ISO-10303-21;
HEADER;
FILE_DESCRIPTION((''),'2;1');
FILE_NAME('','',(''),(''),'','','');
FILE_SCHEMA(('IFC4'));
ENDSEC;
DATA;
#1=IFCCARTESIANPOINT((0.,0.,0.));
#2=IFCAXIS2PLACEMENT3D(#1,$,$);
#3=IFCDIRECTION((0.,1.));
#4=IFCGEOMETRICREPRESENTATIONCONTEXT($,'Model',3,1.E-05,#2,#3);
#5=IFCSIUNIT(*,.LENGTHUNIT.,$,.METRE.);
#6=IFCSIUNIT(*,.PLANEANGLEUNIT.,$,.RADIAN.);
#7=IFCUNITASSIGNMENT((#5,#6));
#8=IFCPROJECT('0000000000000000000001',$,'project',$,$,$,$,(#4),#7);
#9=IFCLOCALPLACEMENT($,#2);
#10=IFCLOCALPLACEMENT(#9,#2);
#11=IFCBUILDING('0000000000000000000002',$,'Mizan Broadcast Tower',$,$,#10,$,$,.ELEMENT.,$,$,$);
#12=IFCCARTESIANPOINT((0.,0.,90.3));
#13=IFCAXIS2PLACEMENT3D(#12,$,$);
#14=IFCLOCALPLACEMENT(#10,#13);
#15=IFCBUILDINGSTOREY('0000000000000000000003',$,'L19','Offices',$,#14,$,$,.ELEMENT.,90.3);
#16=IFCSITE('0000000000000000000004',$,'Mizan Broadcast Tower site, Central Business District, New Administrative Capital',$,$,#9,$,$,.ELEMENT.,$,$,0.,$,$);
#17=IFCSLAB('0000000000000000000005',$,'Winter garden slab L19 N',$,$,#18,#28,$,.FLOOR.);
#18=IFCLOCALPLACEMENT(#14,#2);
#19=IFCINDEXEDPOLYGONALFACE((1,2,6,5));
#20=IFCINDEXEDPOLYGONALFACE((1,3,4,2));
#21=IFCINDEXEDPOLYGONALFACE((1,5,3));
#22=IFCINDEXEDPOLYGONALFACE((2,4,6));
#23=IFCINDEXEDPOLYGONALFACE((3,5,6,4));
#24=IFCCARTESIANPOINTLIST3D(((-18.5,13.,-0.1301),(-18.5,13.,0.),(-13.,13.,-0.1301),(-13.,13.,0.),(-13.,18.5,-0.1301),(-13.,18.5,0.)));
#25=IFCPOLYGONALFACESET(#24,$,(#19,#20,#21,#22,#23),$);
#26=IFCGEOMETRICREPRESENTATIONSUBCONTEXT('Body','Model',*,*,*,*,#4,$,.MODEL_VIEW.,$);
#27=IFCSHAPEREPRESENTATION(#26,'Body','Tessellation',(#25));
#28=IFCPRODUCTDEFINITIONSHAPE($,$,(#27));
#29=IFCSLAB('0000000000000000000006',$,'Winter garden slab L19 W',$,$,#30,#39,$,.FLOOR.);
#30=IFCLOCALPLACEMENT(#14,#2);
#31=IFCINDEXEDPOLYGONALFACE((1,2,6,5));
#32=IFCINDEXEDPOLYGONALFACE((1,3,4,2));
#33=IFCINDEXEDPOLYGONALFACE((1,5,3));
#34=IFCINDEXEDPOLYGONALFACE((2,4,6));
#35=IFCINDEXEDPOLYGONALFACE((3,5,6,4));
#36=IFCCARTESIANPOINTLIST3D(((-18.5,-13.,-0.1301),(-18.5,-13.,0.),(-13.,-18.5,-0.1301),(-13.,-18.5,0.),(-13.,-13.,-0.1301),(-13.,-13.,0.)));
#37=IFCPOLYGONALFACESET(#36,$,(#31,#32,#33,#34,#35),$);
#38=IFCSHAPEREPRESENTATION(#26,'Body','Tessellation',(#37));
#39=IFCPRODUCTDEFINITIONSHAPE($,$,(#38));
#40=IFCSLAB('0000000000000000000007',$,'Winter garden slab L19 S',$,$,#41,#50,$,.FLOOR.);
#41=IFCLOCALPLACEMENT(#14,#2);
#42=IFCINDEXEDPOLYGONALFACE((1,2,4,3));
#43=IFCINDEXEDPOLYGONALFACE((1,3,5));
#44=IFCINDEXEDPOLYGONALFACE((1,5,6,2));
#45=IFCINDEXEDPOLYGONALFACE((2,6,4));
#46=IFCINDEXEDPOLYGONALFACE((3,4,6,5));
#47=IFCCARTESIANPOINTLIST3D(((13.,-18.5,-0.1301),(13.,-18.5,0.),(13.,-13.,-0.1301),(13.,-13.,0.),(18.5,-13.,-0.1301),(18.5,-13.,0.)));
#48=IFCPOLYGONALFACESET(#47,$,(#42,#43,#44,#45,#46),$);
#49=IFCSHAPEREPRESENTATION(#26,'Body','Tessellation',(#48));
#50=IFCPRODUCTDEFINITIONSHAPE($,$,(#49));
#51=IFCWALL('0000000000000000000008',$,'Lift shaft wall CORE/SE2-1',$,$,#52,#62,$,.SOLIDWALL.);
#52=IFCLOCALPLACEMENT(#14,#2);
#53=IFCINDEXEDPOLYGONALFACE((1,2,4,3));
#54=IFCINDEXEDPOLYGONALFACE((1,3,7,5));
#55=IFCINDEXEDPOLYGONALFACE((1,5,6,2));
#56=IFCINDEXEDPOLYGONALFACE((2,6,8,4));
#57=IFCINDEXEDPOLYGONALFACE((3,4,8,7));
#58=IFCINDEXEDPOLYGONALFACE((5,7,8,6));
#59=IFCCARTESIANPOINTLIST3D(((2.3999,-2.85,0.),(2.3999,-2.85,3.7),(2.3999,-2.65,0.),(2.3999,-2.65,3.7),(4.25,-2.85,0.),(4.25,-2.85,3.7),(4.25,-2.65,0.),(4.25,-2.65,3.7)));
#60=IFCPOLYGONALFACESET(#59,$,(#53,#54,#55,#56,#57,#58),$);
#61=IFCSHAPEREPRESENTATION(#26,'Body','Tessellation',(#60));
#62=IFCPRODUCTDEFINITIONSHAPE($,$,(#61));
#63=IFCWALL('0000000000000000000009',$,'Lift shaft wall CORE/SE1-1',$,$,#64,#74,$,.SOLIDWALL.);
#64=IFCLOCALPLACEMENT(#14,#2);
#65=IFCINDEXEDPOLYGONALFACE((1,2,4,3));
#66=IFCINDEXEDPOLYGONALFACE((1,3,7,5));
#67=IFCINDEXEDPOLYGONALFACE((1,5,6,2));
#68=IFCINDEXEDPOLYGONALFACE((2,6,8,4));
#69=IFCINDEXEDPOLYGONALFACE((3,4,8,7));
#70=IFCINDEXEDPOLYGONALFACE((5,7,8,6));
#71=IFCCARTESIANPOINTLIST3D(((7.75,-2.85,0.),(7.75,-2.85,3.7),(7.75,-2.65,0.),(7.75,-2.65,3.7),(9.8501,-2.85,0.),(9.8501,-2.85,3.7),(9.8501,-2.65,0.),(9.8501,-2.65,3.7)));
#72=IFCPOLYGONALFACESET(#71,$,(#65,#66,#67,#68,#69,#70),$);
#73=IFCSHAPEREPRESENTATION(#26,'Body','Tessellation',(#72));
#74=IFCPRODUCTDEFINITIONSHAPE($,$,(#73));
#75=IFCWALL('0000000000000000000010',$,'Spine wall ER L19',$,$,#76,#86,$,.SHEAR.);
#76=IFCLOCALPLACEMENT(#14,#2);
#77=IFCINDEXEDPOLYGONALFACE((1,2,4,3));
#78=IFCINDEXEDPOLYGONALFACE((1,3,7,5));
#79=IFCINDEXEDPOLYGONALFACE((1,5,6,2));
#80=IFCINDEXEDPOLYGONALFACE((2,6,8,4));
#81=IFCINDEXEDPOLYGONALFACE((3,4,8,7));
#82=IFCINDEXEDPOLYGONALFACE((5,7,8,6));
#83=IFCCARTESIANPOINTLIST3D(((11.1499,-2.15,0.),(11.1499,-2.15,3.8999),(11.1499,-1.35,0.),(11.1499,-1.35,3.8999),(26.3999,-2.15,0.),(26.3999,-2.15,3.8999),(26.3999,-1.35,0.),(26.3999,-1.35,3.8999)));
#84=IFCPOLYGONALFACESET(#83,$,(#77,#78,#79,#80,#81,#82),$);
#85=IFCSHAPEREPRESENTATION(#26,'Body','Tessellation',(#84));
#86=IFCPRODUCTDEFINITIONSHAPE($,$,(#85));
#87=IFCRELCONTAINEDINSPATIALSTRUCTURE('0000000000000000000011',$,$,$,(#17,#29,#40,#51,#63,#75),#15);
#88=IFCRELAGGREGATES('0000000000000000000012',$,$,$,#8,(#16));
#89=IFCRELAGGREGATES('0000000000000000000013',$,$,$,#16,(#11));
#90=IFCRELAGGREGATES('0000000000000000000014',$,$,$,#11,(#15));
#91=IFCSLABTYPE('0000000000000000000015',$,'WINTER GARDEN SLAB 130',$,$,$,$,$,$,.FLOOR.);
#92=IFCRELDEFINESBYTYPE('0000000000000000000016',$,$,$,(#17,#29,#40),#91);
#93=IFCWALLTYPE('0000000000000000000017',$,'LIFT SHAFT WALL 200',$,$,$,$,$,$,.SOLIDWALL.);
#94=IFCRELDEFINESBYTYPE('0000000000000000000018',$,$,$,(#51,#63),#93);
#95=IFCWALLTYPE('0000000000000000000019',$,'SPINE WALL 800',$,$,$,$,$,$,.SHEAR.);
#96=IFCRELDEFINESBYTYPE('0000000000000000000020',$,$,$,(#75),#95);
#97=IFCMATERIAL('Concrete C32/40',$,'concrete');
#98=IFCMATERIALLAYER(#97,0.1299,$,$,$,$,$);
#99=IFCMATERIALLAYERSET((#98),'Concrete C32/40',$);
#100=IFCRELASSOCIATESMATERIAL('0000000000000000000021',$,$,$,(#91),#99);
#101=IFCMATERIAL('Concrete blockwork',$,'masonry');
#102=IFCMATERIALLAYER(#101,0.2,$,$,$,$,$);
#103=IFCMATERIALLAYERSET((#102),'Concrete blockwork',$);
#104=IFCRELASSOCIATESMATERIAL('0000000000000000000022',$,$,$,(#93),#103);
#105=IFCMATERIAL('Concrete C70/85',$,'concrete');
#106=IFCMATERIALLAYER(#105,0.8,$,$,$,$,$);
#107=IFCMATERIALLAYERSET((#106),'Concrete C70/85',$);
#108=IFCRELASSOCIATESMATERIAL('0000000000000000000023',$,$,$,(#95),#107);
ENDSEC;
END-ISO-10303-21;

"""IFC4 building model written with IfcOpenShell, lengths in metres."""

from ifc_helpers import new_model, si_unit, direction, frame, frame_2d, origin, place, context, subcontext, project, spatial, polyline, rectangle, outline, extrude, material, layer, layer_set, type_object, element, save


model = new_model("IFC4")

# Units and contexts
model_context = context("Model", 3, precision=1e-05, world=origin(), true_north=direction((0.0, 1.0)))
body_context = subcontext(model_context, "Body", "Model", "MODEL_VIEW")
ifc_project = project(units=[si_unit("LENGTHUNIT", "METRE"), si_unit("PLANEANGLEUNIT", "RADIAN")], contexts=[model_context])

# Site, building, storey
site_placement = place(None, origin())
site = spatial("IfcSite", under=ifc_project, at=site_placement, Name="Mizan Broadcast Tower site, Central Business District, New Administrative Capital", CompositionType="ELEMENT", RefElevation=0.0)
building_placement = place(site_placement, origin())
building = spatial("IfcBuilding", under=site, at=building_placement, Name="Mizan Broadcast Tower", CompositionType="ELEMENT")
storey_placement = place(building_placement, frame((0.0, 0.0, 90.3)))
storey = spatial("IfcBuildingStorey", under=building, at=storey_placement, Name="L19", Description="Offices", CompositionType="ELEMENT", Elevation=90.3)

# Slabs
ifc_material_1 = material(Name="Concrete C32/40", Category="concrete")
ifc_layer_1 = layer(ifc_material_1, 0.1299)
ifc_layer_set_1 = layer_set([ifc_layer_1], Name="Concrete C32/40")
slab_type_1 = type_object("IfcSlabType", Name="WINTER GARDEN SLAB 130", PredefinedType="FLOOR", material=ifc_layer_set_1)
slab_1_placement = place(storey_placement, frame((0.0, 0.0, -0.1301)))
element("IfcSlab", 1, at=slab_1_placement, inside=storey, type_object=slab_type_1, Name="Winter garden slab L19 N", PredefinedType="FLOOR", context=body_context, shape_type="SweptSolid", body=[
    extrude(outline(polyline([(-13.0, 13.0), (-13.0, 18.5), (-18.5, 13.0), (-13.0, 13.0)])), origin(), (0.0, 0.0, 1.0), 0.1301),
])
slab_2_placement = place(storey_placement, frame((0.0, 0.0, -0.1301)))
element("IfcSlab", 2, at=slab_2_placement, inside=storey, type_object=slab_type_1, Name="Winter garden slab L19 W", PredefinedType="FLOOR", context=body_context, shape_type="SweptSolid", body=[
    extrude(outline(polyline([(-13.0, -13.0), (-18.5, -13.0), (-13.0, -18.5), (-13.0, -13.0)])), origin(), (0.0, 0.0, 1.0), 0.1301),
])
slab_3_placement = place(storey_placement, frame((0.0, 0.0, -0.1301)))
element("IfcSlab", 3, at=slab_3_placement, inside=storey, type_object=slab_type_1, Name="Winter garden slab L19 S", PredefinedType="FLOOR", context=body_context, shape_type="SweptSolid", body=[
    extrude(outline(polyline([(13.0, -13.0), (13.0, -18.5), (18.5, -13.0), (13.0, -13.0)])), origin(), (0.0, 0.0, 1.0), 0.1301),
])

# Walls
ifc_material_2 = material(Name="Concrete blockwork", Category="masonry")
ifc_layer_2 = layer(ifc_material_2, 0.2)
ifc_layer_set_2 = layer_set([ifc_layer_2], Name="Concrete blockwork")
wall_type_1 = type_object("IfcWallType", Name="LIFT SHAFT WALL 200", PredefinedType="SOLIDWALL", material=ifc_layer_set_2)
wall_1_placement = place(storey_placement, frame((2.3999, -2.75, 0.0), z_axis=(0.0, 0.0, 1.0), x_axis=(1.0, 0.0, 0.0)))
element("IfcWall", 4, at=wall_1_placement, inside=storey, type_object=wall_type_1, Name="Lift shaft wall CORE/SE2-1", PredefinedType="SOLIDWALL", context=body_context, shape_type="SweptSolid", body=[
    extrude(rectangle(XDim=1.8501, YDim=0.2, at=frame_2d((0.925, 0.0))), origin(), (0.0, 0.0, 1.0), 3.7),
])
wall_2_placement = place(storey_placement, frame((7.75, -2.75, 0.0), z_axis=(0.0, 0.0, 1.0), x_axis=(1.0, 0.0, 0.0)))
element("IfcWall", 5, at=wall_2_placement, inside=storey, type_object=wall_type_1, Name="Lift shaft wall CORE/SE1-1", PredefinedType="SOLIDWALL", context=body_context, shape_type="SweptSolid", body=[
    extrude(rectangle(XDim=2.1001, YDim=0.2, at=frame_2d((1.05, 0.0))), origin(), (0.0, 0.0, 1.0), 3.7),
])
ifc_material_3 = material(Name="Concrete C70/85", Category="concrete")
ifc_layer_3 = layer(ifc_material_3, 0.8)
ifc_layer_set_3 = layer_set([ifc_layer_3], Name="Concrete C70/85")
wall_type_2 = type_object("IfcWallType", Name="SPINE WALL 800", PredefinedType="SHEAR", material=ifc_layer_set_3)
wall_3_placement = place(storey_placement, frame((11.1499, -1.75, 0.0), z_axis=(0.0, 0.0, 1.0), x_axis=(1.0, 0.0, 0.0)))
element("IfcWall", 6, at=wall_3_placement, inside=storey, type_object=wall_type_2, Name="Spine wall ER L19", PredefinedType="SHEAR", context=body_context, shape_type="SweptSolid", body=[
    extrude(rectangle(XDim=15.25, YDim=0.8, at=frame_2d((7.625, 0.0))), origin(), (0.0, 0.0, 1.0), 3.8999),
])

save(model, "model.ifc")
